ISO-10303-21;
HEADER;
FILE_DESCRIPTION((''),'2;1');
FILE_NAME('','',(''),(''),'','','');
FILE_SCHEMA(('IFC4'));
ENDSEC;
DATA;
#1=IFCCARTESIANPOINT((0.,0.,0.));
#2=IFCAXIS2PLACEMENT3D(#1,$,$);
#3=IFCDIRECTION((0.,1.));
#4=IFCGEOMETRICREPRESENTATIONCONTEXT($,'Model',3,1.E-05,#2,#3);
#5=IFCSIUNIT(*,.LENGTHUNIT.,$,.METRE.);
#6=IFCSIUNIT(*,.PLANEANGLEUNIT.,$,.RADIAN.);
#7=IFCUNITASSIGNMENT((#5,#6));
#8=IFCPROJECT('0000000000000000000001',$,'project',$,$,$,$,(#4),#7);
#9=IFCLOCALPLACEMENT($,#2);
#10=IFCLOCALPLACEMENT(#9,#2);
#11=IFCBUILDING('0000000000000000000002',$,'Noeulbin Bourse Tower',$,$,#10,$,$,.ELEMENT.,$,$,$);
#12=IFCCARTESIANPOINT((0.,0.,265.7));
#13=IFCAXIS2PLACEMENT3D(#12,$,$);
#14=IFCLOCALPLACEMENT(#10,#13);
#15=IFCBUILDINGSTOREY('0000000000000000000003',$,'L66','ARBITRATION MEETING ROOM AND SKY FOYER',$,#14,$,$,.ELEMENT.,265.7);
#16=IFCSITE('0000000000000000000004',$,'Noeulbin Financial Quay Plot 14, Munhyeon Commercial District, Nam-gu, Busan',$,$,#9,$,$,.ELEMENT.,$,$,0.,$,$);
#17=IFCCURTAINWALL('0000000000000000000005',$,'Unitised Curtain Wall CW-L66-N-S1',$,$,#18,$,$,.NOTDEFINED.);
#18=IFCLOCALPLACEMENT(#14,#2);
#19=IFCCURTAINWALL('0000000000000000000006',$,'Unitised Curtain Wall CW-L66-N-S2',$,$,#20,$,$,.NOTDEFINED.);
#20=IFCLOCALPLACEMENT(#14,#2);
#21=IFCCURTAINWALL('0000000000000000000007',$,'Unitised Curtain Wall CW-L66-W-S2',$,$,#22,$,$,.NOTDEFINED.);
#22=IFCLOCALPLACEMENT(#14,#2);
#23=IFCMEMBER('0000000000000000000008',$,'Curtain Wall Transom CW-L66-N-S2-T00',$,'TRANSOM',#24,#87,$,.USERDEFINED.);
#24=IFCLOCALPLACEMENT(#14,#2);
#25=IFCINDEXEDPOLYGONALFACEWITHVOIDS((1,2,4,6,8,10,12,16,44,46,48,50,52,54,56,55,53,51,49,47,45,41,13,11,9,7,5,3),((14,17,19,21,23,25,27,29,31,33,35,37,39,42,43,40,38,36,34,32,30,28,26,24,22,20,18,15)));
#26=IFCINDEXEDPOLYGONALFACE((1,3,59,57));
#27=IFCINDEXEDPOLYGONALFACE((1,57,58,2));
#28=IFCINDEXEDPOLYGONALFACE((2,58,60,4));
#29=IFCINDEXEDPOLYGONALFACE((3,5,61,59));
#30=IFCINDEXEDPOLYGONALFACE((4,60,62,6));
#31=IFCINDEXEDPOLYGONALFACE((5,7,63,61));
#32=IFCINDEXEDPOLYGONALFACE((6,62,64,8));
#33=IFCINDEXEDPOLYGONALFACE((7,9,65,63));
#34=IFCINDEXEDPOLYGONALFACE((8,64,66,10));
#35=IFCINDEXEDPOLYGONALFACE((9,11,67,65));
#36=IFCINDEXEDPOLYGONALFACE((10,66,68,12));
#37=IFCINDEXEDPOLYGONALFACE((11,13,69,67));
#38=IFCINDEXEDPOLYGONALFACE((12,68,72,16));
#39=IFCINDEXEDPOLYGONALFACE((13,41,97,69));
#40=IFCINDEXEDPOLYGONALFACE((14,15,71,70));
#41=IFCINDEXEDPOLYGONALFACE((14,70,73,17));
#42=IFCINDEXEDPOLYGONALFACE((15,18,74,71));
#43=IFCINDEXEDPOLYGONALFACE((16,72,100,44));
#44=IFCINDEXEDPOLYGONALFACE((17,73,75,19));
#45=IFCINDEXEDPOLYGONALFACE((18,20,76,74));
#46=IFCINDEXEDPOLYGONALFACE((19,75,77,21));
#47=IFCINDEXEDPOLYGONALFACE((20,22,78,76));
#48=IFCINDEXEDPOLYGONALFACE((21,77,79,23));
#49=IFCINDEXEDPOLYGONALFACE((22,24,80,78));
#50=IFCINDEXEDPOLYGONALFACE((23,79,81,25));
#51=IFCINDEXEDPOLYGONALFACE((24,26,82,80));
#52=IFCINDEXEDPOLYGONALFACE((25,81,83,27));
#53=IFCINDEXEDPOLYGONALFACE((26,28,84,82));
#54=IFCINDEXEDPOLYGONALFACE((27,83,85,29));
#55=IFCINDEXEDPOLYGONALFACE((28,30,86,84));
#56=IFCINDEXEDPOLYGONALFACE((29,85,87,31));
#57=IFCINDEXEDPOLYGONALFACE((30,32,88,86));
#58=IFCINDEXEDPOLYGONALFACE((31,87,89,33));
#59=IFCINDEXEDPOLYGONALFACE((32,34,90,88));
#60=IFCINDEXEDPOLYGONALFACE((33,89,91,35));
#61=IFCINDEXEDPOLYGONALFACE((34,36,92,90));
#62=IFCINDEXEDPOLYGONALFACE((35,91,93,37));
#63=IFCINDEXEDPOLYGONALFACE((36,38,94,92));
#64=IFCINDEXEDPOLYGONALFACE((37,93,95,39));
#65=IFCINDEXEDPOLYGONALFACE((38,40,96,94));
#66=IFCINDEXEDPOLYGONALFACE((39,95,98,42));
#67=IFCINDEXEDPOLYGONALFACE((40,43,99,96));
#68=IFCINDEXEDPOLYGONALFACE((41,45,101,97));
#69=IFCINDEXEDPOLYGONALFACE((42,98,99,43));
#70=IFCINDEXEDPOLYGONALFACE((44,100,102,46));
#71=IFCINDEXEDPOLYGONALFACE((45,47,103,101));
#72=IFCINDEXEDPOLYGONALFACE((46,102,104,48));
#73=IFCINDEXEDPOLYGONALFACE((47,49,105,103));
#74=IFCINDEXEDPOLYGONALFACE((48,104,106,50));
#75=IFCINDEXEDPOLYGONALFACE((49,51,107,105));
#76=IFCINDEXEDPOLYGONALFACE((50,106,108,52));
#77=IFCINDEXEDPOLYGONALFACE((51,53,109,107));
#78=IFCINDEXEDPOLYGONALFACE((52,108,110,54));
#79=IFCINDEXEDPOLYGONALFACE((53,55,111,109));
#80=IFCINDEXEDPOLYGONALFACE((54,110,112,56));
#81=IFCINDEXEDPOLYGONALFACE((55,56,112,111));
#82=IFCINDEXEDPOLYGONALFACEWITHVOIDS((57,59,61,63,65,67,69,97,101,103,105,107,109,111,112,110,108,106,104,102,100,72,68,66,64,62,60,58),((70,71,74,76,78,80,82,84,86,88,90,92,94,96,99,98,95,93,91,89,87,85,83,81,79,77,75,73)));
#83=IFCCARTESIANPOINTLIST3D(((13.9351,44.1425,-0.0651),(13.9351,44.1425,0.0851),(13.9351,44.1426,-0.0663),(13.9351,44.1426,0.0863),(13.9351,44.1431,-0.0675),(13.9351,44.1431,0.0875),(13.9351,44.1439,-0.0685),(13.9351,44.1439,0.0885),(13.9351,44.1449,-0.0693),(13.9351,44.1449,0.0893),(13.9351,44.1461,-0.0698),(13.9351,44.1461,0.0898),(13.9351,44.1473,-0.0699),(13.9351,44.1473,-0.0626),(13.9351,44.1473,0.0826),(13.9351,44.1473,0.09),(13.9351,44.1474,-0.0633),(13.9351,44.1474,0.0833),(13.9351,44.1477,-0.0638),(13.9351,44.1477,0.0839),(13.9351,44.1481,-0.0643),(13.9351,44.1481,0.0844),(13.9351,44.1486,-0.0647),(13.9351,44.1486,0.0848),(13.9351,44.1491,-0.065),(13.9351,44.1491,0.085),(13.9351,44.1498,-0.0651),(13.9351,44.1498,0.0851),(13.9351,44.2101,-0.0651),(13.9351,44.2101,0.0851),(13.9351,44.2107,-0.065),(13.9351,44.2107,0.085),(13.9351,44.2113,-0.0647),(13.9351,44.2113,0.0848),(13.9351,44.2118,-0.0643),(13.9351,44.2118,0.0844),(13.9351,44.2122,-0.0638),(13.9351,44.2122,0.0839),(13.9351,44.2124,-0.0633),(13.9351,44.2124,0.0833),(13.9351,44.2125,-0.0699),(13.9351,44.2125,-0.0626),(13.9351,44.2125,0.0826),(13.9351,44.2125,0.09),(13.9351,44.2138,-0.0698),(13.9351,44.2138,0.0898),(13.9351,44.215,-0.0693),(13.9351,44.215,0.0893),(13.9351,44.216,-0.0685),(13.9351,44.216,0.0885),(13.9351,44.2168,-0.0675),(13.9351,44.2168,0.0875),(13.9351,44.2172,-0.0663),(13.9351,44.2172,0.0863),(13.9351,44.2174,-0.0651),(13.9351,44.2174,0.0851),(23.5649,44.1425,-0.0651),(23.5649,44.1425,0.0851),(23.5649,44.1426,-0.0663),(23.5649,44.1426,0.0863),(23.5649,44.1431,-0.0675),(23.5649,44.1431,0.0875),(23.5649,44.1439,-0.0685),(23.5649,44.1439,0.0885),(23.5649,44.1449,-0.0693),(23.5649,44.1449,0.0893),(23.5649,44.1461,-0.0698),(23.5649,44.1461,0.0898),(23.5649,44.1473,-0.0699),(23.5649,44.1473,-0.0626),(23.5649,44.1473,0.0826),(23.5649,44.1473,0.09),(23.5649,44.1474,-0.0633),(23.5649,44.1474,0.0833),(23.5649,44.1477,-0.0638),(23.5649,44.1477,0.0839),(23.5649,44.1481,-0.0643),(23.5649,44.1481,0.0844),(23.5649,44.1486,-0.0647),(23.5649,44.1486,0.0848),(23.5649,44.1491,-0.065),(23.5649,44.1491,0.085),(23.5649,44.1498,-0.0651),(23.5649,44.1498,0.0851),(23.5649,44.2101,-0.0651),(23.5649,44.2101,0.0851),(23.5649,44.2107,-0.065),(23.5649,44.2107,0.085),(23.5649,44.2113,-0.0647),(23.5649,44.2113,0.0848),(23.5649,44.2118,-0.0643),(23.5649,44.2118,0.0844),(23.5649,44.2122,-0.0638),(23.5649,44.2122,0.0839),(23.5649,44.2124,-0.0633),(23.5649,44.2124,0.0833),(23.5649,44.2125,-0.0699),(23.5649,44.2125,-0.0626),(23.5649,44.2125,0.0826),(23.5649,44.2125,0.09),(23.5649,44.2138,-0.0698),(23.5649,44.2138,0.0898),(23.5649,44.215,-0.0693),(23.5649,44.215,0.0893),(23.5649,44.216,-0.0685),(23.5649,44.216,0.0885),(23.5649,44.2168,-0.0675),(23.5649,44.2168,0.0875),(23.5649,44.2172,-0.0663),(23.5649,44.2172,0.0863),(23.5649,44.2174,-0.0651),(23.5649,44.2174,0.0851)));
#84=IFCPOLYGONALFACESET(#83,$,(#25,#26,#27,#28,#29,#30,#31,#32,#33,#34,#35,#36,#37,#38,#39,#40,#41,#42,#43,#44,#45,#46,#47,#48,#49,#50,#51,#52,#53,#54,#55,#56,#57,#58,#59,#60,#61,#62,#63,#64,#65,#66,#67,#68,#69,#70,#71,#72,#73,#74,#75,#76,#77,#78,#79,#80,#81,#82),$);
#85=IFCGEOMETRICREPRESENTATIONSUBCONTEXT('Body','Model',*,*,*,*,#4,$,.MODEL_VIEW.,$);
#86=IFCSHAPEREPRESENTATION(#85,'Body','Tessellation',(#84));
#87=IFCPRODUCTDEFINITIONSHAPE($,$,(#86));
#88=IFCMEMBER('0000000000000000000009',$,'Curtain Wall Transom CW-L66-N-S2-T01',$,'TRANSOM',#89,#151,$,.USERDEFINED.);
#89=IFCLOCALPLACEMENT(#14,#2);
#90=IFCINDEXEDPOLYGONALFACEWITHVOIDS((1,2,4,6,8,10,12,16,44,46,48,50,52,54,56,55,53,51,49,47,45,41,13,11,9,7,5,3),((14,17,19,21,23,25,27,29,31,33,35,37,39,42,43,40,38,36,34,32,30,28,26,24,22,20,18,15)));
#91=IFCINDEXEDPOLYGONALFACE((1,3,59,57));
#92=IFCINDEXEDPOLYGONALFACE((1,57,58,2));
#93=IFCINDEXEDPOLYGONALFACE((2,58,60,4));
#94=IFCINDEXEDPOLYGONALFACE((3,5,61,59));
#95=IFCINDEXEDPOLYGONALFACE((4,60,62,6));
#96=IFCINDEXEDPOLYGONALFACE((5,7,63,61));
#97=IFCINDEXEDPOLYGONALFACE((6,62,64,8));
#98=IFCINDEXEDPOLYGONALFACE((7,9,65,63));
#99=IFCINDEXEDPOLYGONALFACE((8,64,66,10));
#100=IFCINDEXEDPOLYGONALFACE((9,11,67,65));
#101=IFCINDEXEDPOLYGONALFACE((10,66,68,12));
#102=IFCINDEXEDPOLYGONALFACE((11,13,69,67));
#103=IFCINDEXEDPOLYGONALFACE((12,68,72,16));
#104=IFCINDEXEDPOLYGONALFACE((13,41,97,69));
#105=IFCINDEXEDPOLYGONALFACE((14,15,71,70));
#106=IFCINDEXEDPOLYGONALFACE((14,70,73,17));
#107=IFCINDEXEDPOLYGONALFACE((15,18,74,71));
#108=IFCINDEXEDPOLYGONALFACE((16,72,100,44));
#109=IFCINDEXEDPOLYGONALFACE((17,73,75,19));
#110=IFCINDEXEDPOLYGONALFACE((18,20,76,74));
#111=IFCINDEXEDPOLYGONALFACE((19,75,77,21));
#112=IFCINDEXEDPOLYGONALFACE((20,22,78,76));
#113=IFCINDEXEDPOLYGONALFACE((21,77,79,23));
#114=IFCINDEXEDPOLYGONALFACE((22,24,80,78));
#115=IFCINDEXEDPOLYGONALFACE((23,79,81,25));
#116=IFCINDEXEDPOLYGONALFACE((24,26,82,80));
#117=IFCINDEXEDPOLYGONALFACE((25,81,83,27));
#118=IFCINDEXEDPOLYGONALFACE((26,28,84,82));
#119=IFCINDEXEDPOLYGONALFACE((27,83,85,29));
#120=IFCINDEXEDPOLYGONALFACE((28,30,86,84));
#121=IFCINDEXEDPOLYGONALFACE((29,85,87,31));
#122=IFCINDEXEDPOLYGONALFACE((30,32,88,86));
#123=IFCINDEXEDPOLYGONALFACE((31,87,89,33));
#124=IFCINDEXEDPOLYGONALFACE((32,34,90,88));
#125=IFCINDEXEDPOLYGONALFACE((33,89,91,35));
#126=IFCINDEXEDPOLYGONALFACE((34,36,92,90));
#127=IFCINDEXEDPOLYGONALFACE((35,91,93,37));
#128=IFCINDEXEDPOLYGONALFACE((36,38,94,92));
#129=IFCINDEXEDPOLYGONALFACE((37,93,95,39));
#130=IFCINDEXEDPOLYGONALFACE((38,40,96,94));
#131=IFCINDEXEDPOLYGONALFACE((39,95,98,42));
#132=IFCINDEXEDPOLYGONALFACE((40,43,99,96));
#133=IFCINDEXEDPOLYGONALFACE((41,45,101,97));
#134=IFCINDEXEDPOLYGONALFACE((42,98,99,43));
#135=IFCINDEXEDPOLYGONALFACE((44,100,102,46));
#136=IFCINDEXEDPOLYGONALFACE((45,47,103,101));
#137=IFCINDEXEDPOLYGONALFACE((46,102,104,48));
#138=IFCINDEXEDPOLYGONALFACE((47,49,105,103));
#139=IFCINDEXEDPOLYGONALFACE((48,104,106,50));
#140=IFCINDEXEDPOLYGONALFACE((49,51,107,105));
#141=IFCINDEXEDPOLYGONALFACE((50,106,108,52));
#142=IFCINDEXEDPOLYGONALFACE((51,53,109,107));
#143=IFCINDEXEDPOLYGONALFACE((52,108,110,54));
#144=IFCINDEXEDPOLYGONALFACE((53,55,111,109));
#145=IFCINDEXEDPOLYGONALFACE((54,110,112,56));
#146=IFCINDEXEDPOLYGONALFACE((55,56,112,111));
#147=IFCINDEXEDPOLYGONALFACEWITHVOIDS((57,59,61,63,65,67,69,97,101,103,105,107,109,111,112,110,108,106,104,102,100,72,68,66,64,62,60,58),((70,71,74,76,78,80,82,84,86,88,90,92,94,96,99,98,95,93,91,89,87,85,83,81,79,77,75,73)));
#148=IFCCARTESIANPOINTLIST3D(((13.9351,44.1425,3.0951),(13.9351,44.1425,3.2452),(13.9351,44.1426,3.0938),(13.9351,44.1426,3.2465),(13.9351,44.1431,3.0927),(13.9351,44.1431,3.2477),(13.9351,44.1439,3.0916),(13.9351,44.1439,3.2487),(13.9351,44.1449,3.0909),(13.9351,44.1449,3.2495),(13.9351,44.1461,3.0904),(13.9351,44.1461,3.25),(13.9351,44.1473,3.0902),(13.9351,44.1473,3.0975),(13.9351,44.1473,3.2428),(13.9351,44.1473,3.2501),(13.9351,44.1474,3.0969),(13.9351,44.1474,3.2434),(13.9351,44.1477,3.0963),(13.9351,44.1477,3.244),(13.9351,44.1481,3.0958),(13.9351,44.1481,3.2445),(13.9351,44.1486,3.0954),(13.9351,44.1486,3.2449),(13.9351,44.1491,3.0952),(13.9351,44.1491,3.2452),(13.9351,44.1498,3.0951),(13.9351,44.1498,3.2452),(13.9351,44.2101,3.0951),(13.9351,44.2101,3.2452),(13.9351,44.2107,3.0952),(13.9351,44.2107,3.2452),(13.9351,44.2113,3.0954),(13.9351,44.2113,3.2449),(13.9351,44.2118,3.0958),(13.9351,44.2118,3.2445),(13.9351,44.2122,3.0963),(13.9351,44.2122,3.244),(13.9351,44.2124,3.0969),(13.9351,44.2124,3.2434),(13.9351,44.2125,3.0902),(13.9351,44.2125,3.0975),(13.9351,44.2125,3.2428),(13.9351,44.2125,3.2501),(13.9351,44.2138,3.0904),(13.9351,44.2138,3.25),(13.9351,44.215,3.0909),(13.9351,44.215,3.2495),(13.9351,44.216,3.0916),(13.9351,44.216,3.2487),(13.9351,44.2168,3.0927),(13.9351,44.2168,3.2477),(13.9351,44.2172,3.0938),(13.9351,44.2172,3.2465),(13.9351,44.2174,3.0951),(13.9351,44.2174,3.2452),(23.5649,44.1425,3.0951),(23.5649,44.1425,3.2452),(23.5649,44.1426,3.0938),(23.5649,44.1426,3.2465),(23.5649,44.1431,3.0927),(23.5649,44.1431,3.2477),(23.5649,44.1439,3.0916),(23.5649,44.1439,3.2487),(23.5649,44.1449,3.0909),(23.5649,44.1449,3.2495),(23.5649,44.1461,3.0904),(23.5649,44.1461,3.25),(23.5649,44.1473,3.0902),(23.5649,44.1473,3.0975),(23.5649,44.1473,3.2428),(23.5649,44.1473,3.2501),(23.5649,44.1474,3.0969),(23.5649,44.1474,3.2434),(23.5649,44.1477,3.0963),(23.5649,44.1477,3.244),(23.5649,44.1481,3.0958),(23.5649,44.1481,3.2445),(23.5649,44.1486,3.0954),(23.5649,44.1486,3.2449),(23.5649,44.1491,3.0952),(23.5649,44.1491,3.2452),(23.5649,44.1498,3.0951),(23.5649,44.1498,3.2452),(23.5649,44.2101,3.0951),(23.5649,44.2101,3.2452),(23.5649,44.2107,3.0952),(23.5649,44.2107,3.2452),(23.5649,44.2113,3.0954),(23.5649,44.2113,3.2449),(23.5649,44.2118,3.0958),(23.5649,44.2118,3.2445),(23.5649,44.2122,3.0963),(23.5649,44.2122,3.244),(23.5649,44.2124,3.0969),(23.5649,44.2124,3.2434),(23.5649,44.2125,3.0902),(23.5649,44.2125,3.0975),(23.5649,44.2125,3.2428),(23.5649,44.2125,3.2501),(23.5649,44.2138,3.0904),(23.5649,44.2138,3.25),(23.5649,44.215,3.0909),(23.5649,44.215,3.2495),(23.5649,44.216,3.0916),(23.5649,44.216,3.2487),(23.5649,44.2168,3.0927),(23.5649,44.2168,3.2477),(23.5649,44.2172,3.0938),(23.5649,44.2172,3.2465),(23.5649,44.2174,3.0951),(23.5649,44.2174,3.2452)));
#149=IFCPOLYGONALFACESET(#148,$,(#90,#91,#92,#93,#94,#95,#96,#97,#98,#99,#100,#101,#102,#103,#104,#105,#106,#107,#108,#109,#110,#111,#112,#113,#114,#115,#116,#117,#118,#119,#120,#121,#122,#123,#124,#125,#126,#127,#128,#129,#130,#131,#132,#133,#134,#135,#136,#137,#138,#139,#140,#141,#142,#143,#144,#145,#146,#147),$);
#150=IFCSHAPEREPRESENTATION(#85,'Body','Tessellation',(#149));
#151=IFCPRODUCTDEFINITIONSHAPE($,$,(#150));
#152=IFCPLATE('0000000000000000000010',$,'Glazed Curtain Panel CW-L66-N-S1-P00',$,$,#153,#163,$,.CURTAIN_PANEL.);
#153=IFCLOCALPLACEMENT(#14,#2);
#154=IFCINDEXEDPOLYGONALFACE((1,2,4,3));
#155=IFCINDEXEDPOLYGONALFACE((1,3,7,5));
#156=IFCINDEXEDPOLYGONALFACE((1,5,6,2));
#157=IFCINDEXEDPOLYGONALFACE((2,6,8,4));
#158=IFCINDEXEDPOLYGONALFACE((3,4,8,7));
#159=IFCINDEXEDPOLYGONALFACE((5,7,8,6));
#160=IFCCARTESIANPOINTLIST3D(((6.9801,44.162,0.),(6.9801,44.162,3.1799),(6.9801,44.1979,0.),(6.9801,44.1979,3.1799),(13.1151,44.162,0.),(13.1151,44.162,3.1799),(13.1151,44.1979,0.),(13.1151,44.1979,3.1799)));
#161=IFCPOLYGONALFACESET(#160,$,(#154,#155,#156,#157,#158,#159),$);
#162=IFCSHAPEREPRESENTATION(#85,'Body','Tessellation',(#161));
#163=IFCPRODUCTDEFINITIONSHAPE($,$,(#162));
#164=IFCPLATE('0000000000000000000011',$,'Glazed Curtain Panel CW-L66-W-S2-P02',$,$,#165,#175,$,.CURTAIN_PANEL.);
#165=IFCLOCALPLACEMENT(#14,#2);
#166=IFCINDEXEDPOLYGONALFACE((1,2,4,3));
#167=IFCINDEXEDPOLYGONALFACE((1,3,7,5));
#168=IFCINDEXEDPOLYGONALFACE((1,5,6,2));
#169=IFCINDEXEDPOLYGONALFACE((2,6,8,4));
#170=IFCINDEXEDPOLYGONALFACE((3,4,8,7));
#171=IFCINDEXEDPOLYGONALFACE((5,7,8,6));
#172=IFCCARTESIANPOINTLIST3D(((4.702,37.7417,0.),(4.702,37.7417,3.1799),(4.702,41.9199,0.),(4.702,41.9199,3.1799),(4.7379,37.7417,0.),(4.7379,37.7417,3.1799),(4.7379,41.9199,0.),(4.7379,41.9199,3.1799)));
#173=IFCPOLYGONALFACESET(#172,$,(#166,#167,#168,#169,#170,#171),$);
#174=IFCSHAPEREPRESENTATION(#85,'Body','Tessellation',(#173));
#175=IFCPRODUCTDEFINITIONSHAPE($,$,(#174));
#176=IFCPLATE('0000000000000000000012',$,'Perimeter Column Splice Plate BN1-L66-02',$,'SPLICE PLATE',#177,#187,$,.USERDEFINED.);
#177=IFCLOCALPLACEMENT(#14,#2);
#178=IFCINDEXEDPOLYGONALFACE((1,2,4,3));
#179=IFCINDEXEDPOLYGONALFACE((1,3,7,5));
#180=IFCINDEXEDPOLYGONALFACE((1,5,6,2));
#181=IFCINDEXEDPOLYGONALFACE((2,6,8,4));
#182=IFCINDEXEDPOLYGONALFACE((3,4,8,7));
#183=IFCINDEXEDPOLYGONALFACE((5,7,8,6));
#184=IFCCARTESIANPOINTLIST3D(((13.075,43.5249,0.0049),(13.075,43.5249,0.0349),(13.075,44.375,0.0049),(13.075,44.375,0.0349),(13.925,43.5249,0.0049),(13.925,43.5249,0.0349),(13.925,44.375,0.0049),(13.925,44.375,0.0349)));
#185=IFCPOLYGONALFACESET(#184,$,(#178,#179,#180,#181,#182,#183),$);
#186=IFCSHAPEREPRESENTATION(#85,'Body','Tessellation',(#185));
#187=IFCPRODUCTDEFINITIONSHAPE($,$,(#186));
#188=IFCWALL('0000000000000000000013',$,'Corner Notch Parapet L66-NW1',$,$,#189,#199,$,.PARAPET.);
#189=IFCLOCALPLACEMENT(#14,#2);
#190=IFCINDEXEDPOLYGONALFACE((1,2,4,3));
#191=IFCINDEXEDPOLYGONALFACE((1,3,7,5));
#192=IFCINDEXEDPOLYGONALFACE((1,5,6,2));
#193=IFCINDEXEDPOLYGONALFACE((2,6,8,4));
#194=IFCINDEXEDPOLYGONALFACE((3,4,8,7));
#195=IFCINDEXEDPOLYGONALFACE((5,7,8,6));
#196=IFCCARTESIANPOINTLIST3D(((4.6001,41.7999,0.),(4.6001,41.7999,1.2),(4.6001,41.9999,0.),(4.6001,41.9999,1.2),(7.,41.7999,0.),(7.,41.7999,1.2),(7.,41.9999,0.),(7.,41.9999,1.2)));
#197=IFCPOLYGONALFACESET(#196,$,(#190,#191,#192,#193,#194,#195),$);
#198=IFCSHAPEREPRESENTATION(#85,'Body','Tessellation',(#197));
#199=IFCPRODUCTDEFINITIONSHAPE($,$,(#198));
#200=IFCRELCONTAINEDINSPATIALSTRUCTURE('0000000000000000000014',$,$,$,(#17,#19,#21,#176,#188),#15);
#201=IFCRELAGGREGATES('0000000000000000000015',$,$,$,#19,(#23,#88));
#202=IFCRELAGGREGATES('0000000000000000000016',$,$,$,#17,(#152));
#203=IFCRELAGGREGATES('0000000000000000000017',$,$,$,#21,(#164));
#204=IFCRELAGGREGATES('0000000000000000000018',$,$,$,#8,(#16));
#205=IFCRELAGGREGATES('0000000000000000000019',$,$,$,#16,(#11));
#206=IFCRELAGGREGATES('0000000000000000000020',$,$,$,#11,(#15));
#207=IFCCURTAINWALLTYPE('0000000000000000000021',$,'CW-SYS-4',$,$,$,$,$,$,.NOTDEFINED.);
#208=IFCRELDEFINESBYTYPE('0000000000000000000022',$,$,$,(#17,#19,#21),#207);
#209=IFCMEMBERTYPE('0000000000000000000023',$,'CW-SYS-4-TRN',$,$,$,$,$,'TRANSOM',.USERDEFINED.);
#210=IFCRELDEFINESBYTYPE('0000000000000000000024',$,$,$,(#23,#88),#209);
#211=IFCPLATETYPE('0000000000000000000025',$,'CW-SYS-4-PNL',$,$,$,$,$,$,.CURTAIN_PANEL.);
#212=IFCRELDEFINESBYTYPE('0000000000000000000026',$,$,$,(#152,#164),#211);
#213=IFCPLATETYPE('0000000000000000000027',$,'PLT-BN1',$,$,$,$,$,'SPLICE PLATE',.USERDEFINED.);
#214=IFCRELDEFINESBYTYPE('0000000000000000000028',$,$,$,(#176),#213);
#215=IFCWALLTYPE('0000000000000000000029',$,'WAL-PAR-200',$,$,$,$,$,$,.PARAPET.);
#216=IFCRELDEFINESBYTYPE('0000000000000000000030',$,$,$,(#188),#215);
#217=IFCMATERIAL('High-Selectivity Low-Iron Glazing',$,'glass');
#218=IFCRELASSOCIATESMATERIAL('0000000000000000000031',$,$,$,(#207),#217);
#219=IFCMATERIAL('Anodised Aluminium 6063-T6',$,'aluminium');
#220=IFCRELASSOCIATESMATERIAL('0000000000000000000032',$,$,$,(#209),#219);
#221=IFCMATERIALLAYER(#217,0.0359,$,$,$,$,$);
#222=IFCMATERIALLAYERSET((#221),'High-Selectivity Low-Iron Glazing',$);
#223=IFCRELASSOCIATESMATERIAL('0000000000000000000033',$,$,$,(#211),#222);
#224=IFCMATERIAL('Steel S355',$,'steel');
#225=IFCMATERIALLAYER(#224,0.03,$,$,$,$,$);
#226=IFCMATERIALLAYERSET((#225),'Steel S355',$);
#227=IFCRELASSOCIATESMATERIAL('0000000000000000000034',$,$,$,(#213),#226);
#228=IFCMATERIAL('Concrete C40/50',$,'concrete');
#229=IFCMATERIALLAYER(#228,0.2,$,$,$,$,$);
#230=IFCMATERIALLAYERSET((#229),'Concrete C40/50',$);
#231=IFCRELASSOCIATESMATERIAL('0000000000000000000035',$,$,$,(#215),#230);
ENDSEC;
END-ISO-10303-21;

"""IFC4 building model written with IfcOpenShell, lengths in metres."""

from ifc_helpers import new_model, si_unit, direction, frame, frame_2d, origin, origin_2d, place, context, subcontext, project, spatial, rectangle, hollow_rectangle, extrude, material, layer, layer_set, material_profile, profile_set, type_object, element, aggregate, save


model = new_model("IFC4")

# Units and contexts
model_context = context("Model", 3, precision=1e-05, world=origin(), true_north=direction((0.0, 1.0)))
body_context = subcontext(model_context, "Body", "Model", "MODEL_VIEW")
ifc_project = project(units=[si_unit("LENGTHUNIT", "METRE"), si_unit("PLANEANGLEUNIT", "RADIAN")], contexts=[model_context])

# Site, building, storey
site_placement = place(None, origin())
site = spatial("IfcSite", under=ifc_project, at=site_placement, Name="Noeulbin Financial Quay Plot 14, Munhyeon Commercial District, Nam-gu, Busan", CompositionType="ELEMENT", RefElevation=0.0)
building_placement = place(site_placement, origin())
building = spatial("IfcBuilding", under=site, at=building_placement, Name="Noeulbin Bourse Tower", CompositionType="ELEMENT")
storey_placement = place(building_placement, frame((0.0, 0.0, 265.7)))
storey = spatial("IfcBuildingStorey", under=building, at=storey_placement, Name="L66", Description="ARBITRATION MEETING ROOM AND SKY FOYER", CompositionType="ELEMENT", Elevation=265.7)

# Shared definitions
ifc_material_1 = material(Name="Steel S355", Category="steel")

# Curtain wall
ifc_material_2 = material(Name="High-Selectivity Low-Iron Glazing", Category="glass")
curtain_wall_type = type_object("IfcCurtainWallType", Name="CW-SYS-4", PredefinedType="NOTDEFINED", material=ifc_material_2)
curtain_wall_1_placement = place(storey_placement, origin())
curtain_wall_1 = element("IfcCurtainWall", 1, at=curtain_wall_1_placement, inside=storey, type_object=curtain_wall_type, Name="Unitised Curtain Wall CW-L66-N-S1", PredefinedType="NOTDEFINED")
ifc_material_3 = material(Name="Anodised Aluminium 6063-T6", Category="aluminium")

# Curtain walls
curtain_wall_2_placement = place(storey_placement, origin())
curtain_wall_2 = element("IfcCurtainWall", 2, at=curtain_wall_2_placement, inside=storey, type_object=curtain_wall_type, Name="Unitised Curtain Wall CW-L66-N-S2", PredefinedType="NOTDEFINED")
curtain_wall_3_placement = place(storey_placement, origin())
curtain_wall_3 = element("IfcCurtainWall", 3, at=curtain_wall_3_placement, inside=storey, type_object=curtain_wall_type, Name="Unitised Curtain Wall CW-L66-W-S2", PredefinedType="NOTDEFINED")

# Members
ifc_material_profile_1 = material_profile(ifc_material_3, hollow_rectangle(XDim=0.075, YDim=0.1599, WallThickness=0.0049, InnerFilletRadius=0.0024, OuterFilletRadius=0.0049, at=origin_2d()), Name="ALU-TRAN-75x160x5", Category="LoadBearing")
ifc_profile_set_1 = profile_set([ifc_material_profile_1], Name="Anodised Aluminium 6063-T6")
member_type_1 = type_object("IfcMemberType", Name="CW-SYS-4-TRN", ElementType="TRANSOM", PredefinedType="USERDEFINED", material=ifc_profile_set_1)
member_1_placement = place(storey_placement, frame((13.9351, 44.1799, 0.01), z_axis=(1.0, 0.0, 0.0), x_axis=(0.0, 1.0, 0.0)))
member_1 = element("IfcMember", 4, at=member_1_placement, type_object=member_type_1, Name="Curtain Wall Transom CW-L66-N-S2-T00", ObjectType="TRANSOM", PredefinedType="USERDEFINED", context=body_context, shape_type="SweptSolid", body=[
    extrude(hollow_rectangle(XDim=0.075, YDim=0.1599, WallThickness=0.0049, InnerFilletRadius=0.0024, OuterFilletRadius=0.0049, at=origin_2d()), origin(), (0.0, 0.0, 1.0), 9.6299),
])
member_2_placement = place(storey_placement, frame((13.9351, 44.1799, 3.1702), z_axis=(1.0, 0.0, 0.0), x_axis=(0.0, 1.0, 0.0)))
member_2 = element("IfcMember", 5, at=member_2_placement, type_object=member_type_1, Name="Curtain Wall Transom CW-L66-N-S2-T01", ObjectType="TRANSOM", PredefinedType="USERDEFINED", context=body_context, shape_type="SweptSolid", body=[
    extrude(hollow_rectangle(XDim=0.075, YDim=0.1599, WallThickness=0.0049, InnerFilletRadius=0.0024, OuterFilletRadius=0.0049, at=origin_2d()), origin(), (0.0, 0.0, 1.0), 9.6299),
])
aggregate(curtain_wall_2, [member_1, member_2])

# Plates
ifc_layer_1 = layer(ifc_material_2, 0.0359)
ifc_layer_set_1 = layer_set([ifc_layer_1], Name="High-Selectivity Low-Iron Glazing")
plate_type_1 = type_object("IfcPlateType", Name="CW-SYS-4-PNL", PredefinedType="CURTAIN_PANEL", material=ifc_layer_set_1)
plate_1_placement = place(storey_placement, frame((10.0476, 44.1799, 0.0), z_axis=(0.0, 0.0, 1.0), x_axis=(1.0, 0.0, 0.0)))
plate_1 = element("IfcPlate", 6, at=plate_1_placement, type_object=plate_type_1, Name="Glazed Curtain Panel CW-L66-N-S1-P00", PredefinedType="CURTAIN_PANEL", context=body_context, shape_type="SweptSolid", body=[
    extrude(rectangle(XDim=6.135, YDim=0.0359, at=origin_2d()), origin(), (0.0, 0.0, 1.0), 3.1799),
])
aggregate(curtain_wall_1, [plate_1])
plate_2_placement = place(storey_placement, frame((4.72, 39.8308, 0.0), z_axis=(0.0, 0.0, 1.0), x_axis=(0.0, 1.0, 0.0)))
plate_2 = element("IfcPlate", 7, at=plate_2_placement, type_object=plate_type_1, Name="Glazed Curtain Panel CW-L66-W-S2-P02", PredefinedType="CURTAIN_PANEL", context=body_context, shape_type="SweptSolid", body=[
    extrude(rectangle(XDim=4.1782, YDim=0.0359, at=origin_2d()), origin(), (0.0, 0.0, 1.0), 3.1799),
])
aggregate(curtain_wall_3, [plate_2])
ifc_layer_2 = layer(ifc_material_1, 0.03)
ifc_layer_set_2 = layer_set([ifc_layer_2], Name="Steel S355")
plate_type_2 = type_object("IfcPlateType", Name="PLT-BN1", ElementType="SPLICE PLATE", PredefinedType="USERDEFINED", material=ifc_layer_set_2)
plate_3_placement = place(storey_placement, frame((13.5, 43.95, 0.0049), z_axis=(0.0, 0.0, 1.0), x_axis=(1.0, 0.0, 0.0)))
element("IfcPlate", 8, at=plate_3_placement, inside=storey, type_object=plate_type_2, Name="Perimeter Column Splice Plate BN1-L66-02", ObjectType="SPLICE PLATE", PredefinedType="USERDEFINED", context=body_context, shape_type="SweptSolid", body=[
    extrude(rectangle(XDim=0.8501, YDim=0.8501, at=origin_2d()), origin(), (0.0, 0.0, 1.0), 0.03),
])

# Wall
ifc_material_4 = material(Name="Concrete C40/50", Category="concrete")
ifc_layer_3 = layer(ifc_material_4, 0.2)
ifc_layer_set_3 = layer_set([ifc_layer_3], Name="Concrete C40/50")
wall_type_1 = type_object("IfcWallType", Name="WAL-PAR-200", PredefinedType="PARAPET", material=ifc_layer_set_3)
wall_1_placement = place(storey_placement, frame((4.6001, 41.8999, 0.0), z_axis=(0.0, 0.0, 1.0), x_axis=(1.0, 0.0, 0.0)))
element("IfcWall", 9, at=wall_1_placement, inside=storey, type_object=wall_type_1, Name="Corner Notch Parapet L66-NW1", PredefinedType="PARAPET", context=body_context, shape_type="SweptSolid", body=[
    extrude(rectangle(XDim=2.3999, YDim=0.2, at=frame_2d((1.2, 0.0))), origin(), (0.0, 0.0, 1.0), 1.2),
])

save(model, "model.ifc")
